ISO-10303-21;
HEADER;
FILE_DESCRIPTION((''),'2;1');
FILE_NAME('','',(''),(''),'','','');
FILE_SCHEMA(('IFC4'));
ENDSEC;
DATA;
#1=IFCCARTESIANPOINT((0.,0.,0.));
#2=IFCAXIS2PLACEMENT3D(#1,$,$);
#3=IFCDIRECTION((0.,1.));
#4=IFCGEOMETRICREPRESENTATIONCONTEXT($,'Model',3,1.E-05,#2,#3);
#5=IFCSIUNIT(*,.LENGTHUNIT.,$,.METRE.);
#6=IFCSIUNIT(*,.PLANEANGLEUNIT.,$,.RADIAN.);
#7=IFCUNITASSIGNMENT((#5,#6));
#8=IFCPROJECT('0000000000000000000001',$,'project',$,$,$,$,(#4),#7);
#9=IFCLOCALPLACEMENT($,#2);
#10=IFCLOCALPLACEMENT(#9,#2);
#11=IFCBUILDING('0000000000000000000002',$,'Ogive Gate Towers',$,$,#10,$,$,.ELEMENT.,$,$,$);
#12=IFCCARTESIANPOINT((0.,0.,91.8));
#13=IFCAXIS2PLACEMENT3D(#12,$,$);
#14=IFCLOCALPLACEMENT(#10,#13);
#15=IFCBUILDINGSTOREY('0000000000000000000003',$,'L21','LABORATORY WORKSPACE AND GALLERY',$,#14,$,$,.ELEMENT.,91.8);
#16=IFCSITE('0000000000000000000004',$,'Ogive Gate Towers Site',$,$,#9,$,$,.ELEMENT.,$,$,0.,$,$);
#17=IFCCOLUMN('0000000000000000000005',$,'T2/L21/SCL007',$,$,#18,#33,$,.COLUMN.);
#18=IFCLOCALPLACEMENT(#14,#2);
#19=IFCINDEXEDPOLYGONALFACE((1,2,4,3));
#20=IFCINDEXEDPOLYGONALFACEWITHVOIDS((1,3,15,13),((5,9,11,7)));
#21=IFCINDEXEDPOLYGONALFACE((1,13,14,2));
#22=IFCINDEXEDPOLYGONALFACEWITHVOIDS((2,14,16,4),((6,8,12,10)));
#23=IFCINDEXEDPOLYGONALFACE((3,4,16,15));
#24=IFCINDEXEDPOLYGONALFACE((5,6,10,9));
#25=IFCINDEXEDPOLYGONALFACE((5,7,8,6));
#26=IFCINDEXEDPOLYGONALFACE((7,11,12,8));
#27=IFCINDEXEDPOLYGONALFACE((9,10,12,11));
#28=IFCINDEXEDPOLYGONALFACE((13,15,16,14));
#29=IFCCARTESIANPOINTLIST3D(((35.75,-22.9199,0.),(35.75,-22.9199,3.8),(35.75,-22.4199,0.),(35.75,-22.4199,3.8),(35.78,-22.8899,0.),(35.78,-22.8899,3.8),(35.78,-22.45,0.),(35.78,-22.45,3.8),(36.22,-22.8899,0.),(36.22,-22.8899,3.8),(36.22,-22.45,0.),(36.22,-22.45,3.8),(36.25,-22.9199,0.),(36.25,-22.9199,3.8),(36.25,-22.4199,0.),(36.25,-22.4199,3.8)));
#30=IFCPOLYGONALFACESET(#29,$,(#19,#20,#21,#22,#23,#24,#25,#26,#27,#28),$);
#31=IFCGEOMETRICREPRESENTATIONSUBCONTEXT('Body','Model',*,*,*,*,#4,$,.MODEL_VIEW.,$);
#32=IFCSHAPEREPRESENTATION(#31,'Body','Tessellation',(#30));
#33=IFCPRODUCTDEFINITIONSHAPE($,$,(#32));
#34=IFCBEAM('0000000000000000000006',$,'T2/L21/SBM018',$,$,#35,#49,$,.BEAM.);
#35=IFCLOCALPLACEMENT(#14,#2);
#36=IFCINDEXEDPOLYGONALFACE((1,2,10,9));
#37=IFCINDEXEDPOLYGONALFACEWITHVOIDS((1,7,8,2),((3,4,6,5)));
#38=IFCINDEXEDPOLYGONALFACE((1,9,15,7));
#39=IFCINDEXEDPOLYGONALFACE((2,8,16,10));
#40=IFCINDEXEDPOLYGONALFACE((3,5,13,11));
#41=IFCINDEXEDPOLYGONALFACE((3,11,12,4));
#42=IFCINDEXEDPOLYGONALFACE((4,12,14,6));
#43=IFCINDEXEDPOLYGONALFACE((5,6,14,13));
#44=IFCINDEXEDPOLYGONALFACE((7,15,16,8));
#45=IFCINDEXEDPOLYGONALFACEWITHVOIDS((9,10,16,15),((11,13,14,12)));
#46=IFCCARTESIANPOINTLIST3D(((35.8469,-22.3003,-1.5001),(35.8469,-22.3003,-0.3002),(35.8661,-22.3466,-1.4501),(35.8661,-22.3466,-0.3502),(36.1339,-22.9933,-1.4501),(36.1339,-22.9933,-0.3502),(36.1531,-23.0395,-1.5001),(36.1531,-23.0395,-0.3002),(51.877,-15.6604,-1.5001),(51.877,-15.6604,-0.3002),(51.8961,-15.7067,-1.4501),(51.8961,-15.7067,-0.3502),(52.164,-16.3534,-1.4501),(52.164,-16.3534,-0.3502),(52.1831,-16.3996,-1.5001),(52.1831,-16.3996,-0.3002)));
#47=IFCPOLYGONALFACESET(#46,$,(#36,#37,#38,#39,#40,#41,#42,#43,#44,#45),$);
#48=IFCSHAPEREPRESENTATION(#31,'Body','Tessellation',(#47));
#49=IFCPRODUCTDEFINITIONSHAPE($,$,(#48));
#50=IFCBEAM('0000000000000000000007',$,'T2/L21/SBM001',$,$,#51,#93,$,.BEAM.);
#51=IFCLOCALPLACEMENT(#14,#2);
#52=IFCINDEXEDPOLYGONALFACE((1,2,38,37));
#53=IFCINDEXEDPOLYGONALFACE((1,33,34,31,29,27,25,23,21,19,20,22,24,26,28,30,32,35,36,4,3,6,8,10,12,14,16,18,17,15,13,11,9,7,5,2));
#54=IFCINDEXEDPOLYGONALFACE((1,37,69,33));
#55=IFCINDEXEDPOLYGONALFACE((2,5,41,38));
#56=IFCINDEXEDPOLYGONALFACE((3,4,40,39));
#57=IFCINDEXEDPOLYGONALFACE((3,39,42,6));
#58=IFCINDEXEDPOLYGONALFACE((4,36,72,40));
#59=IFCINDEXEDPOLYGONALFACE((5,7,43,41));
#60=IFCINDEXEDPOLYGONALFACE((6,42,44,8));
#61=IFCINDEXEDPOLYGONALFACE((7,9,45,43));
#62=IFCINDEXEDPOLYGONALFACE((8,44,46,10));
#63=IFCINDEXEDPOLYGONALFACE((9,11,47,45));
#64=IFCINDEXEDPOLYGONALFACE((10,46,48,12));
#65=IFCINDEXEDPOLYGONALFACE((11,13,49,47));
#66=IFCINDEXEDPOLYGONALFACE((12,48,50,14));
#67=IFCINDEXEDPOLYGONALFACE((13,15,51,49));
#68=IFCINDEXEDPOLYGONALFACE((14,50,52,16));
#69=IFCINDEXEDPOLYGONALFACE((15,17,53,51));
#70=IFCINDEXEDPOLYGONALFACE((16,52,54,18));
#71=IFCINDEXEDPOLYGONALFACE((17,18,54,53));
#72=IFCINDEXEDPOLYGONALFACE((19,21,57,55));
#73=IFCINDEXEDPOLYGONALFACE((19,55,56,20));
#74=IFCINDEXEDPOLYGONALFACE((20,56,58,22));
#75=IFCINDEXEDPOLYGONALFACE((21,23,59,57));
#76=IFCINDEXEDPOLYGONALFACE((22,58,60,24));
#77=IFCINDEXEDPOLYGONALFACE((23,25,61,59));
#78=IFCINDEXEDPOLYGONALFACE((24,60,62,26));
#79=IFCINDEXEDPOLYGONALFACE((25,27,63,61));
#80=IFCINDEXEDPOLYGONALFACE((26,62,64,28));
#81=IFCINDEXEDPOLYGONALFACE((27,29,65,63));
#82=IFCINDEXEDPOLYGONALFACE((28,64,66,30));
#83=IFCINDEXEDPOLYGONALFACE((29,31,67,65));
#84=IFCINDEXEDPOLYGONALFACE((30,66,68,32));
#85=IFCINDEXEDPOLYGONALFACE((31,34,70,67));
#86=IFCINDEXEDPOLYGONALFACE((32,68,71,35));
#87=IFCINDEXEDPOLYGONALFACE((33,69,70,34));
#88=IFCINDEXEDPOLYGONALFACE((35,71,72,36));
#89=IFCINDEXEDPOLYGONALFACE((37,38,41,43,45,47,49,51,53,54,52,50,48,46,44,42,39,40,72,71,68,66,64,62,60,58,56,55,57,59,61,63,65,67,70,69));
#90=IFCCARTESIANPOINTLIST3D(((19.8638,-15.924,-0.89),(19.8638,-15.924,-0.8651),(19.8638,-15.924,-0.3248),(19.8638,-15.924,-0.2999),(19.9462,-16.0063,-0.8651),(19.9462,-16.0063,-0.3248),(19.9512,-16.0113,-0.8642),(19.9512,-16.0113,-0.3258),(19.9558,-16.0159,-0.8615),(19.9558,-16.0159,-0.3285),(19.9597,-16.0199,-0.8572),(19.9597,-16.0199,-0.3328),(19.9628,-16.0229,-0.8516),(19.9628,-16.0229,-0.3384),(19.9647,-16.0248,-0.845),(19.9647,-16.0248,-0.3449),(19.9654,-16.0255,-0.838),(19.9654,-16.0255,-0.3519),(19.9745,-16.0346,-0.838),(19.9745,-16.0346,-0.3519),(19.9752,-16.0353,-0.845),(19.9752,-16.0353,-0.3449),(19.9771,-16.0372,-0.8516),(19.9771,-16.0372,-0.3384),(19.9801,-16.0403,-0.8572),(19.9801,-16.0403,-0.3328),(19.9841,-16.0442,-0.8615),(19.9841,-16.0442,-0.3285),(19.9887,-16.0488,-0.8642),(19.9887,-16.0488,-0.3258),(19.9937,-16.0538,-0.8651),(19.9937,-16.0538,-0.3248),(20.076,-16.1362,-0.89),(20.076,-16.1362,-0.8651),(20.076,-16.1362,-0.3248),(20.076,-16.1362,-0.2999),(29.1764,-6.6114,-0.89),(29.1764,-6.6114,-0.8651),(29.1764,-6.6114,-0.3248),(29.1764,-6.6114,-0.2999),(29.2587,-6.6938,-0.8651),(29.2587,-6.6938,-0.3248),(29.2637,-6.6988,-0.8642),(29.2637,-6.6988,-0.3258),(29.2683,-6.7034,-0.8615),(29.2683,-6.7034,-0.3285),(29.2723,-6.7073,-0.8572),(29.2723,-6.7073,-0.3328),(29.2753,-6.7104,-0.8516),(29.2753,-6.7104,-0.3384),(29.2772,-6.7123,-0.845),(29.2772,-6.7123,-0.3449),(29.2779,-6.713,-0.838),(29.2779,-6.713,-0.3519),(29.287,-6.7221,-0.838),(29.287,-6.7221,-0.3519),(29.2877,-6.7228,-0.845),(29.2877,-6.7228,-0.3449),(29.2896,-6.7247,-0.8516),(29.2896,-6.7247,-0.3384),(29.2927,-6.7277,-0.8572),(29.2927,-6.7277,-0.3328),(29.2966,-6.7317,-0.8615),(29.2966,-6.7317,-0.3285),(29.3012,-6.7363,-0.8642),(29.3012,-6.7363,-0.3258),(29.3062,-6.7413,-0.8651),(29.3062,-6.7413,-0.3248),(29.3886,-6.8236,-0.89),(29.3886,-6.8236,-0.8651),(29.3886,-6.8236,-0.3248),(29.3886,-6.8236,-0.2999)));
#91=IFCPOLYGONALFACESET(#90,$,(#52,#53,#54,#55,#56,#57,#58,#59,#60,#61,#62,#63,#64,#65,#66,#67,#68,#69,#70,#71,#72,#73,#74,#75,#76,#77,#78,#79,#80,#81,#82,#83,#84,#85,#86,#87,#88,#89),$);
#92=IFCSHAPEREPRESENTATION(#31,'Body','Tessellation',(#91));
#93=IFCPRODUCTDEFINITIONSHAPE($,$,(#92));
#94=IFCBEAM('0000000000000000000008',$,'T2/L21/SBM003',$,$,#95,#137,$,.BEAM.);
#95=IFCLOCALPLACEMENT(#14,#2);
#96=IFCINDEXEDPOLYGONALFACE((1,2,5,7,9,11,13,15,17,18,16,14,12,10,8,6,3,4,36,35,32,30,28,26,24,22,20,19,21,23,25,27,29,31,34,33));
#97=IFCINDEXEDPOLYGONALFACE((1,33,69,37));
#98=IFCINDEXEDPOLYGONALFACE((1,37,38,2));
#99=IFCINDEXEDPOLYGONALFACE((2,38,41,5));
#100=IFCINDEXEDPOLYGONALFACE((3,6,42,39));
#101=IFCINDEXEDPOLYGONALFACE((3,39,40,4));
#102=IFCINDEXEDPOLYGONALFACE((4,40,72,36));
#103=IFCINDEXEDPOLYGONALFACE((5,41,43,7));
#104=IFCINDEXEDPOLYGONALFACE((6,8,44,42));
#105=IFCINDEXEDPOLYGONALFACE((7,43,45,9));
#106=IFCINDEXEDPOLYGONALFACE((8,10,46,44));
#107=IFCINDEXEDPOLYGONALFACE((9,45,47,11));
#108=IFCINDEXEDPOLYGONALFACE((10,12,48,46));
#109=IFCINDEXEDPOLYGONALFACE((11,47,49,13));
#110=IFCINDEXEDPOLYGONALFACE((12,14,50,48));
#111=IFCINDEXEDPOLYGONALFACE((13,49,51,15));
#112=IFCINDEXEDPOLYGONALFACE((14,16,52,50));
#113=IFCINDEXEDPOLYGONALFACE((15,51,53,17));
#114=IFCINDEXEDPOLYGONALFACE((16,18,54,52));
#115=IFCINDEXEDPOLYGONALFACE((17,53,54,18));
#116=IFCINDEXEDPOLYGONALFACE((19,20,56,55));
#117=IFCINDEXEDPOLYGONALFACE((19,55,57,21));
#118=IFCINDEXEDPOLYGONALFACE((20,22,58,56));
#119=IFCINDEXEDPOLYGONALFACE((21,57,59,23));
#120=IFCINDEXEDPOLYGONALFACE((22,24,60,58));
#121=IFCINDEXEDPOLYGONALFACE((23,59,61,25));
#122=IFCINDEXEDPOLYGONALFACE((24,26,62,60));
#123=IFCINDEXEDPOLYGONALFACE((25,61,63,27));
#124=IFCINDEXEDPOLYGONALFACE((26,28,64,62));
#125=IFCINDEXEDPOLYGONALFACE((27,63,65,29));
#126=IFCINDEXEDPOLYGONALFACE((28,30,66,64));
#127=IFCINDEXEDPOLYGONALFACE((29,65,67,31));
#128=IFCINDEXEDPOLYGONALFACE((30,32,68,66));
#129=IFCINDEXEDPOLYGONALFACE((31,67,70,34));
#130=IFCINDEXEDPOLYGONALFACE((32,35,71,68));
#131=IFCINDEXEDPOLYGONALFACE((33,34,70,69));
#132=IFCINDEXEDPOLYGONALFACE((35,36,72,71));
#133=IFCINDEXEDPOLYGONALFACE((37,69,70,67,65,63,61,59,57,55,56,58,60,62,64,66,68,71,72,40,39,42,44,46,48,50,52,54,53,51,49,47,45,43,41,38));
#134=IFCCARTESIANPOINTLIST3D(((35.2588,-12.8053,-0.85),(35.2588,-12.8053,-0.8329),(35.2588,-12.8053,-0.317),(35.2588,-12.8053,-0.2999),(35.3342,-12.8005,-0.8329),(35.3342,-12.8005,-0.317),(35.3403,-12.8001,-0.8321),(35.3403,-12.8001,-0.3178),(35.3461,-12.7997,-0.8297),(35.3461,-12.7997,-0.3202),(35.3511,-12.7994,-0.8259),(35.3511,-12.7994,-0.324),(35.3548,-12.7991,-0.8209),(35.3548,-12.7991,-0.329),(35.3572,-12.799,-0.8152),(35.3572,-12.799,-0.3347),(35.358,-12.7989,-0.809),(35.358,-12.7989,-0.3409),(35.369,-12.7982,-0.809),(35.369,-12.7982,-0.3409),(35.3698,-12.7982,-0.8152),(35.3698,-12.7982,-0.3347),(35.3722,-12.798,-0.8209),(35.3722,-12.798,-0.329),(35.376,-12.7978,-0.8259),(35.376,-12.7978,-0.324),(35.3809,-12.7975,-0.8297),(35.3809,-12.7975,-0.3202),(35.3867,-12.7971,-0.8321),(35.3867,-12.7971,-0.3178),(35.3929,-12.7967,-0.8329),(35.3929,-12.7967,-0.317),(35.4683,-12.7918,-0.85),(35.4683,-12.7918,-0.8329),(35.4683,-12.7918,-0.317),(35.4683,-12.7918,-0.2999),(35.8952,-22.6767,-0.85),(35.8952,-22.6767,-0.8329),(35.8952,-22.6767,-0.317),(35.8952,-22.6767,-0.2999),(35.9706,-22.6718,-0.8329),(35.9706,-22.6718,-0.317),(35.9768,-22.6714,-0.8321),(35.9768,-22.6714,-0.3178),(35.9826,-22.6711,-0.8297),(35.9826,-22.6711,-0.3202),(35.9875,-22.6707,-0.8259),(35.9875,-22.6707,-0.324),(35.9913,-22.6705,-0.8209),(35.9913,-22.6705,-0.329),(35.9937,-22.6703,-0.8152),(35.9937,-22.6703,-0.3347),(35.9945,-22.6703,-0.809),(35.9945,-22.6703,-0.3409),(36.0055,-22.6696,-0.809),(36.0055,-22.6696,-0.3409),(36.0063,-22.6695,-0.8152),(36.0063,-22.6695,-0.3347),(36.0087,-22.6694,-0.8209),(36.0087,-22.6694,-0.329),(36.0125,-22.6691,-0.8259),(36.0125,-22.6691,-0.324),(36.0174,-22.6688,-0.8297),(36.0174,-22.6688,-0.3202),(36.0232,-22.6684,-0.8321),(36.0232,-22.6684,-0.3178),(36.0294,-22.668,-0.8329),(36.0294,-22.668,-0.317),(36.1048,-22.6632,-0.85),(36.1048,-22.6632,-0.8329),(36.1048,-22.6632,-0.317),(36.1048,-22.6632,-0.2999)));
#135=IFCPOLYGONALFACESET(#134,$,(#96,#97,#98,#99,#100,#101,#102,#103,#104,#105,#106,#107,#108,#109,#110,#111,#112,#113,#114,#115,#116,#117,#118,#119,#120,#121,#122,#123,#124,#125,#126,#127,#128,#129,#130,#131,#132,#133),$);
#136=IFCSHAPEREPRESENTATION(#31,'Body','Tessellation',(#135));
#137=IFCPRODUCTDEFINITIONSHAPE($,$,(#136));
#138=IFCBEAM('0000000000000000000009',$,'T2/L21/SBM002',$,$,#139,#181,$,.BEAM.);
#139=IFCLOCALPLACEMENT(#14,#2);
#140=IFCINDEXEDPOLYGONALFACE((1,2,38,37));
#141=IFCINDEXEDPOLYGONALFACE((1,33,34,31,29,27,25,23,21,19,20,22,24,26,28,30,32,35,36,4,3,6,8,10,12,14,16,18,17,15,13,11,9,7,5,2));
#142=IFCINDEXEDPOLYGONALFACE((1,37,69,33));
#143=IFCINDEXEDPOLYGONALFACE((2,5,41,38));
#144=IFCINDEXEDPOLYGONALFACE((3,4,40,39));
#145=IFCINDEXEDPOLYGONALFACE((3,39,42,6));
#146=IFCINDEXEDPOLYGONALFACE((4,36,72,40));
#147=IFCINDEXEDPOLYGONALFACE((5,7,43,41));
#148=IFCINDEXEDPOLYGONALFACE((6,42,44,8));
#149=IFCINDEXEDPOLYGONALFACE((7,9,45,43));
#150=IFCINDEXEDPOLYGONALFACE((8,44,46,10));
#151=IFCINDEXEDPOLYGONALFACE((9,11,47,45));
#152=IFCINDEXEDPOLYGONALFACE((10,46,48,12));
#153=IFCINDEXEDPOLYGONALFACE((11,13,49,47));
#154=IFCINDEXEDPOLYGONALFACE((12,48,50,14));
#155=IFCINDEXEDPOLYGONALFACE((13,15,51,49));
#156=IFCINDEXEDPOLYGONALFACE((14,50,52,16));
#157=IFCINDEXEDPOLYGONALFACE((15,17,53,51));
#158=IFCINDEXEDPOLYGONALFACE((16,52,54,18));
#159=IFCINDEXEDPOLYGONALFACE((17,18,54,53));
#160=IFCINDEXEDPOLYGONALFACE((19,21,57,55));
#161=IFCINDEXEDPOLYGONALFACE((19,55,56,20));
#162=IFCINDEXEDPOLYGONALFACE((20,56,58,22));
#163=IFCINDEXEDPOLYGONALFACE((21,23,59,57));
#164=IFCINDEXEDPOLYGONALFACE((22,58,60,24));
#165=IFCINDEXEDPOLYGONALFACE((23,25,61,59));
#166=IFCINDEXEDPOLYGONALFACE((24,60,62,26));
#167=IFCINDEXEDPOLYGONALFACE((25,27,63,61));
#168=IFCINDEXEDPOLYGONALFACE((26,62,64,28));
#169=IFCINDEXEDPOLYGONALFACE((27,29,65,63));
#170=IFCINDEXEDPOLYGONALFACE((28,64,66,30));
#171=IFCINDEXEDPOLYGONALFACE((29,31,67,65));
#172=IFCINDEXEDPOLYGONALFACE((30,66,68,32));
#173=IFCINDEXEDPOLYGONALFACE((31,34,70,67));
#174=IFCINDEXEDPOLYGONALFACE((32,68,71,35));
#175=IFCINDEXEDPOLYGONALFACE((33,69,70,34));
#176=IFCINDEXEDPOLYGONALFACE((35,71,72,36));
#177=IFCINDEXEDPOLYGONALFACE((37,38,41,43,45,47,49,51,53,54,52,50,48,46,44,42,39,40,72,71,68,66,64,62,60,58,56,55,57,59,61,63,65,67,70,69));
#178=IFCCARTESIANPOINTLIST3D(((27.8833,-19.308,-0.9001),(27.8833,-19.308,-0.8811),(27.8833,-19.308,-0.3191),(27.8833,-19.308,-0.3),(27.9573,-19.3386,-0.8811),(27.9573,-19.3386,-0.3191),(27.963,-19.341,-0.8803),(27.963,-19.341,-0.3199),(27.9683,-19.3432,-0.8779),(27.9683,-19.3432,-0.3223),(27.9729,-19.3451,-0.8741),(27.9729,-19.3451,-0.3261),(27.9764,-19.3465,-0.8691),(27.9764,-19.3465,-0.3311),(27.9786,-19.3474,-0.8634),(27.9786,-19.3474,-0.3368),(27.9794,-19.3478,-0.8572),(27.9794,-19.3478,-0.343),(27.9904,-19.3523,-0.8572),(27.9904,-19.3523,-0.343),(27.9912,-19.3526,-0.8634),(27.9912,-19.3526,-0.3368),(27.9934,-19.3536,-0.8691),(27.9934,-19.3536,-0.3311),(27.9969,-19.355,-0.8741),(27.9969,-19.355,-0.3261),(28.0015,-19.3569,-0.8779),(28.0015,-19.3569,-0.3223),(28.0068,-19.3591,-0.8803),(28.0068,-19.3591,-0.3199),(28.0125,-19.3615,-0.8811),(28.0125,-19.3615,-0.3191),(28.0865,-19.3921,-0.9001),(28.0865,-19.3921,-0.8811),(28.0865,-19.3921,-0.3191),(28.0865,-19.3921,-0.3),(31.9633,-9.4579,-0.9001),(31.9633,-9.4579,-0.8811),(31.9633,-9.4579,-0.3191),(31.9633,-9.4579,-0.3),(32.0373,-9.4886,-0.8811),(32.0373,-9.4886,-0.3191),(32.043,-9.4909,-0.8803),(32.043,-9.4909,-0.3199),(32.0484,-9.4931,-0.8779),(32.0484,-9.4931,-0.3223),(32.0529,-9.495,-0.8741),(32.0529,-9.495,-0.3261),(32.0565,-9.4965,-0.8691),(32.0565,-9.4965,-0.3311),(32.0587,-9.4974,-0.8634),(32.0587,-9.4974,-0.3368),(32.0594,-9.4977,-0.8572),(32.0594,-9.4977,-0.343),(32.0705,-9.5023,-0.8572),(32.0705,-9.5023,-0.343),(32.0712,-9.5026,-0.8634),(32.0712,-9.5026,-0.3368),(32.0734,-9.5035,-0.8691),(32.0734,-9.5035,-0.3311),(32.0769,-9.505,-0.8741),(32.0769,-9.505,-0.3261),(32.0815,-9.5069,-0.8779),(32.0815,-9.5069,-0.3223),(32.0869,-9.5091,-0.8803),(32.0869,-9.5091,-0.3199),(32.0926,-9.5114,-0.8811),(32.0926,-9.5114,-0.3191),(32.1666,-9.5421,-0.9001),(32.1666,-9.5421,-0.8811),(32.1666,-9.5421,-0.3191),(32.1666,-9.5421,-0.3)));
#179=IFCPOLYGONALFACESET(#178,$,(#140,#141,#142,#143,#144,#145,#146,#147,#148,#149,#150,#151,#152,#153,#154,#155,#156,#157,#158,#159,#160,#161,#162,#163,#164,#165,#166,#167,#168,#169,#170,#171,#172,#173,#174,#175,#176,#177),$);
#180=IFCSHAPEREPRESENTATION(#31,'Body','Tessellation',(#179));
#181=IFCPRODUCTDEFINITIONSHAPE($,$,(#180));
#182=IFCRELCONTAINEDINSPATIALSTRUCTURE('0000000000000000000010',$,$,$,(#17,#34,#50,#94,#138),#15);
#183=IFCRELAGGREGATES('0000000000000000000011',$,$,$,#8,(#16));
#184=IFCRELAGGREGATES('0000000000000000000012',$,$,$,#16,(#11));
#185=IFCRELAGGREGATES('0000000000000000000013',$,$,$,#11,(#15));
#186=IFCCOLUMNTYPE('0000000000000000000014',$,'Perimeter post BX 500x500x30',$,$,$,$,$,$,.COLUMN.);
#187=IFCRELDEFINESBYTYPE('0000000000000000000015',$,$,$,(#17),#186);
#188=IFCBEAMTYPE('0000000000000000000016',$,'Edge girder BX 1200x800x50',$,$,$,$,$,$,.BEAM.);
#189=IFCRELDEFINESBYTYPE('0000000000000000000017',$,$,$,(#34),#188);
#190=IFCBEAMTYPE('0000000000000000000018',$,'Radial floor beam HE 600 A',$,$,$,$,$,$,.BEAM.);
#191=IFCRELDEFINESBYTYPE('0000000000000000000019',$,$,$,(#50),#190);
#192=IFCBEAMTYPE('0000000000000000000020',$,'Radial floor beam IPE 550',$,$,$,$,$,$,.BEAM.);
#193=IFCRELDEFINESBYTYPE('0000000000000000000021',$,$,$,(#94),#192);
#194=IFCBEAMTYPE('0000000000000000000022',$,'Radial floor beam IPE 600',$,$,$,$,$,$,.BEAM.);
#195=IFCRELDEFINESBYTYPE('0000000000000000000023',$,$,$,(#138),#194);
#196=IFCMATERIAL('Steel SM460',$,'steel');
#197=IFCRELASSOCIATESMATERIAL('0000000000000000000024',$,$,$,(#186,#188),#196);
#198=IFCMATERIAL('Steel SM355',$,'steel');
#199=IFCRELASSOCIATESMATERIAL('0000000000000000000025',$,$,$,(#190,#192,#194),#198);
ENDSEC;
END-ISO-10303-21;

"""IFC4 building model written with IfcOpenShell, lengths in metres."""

from ifc_helpers import new_model, si_unit, direction, frame, origin, origin_2d, place, context, subcontext, project, spatial, hollow_rectangle, i_section, extrude, material, material_profile, profile_set, type_object, element, save


model = new_model("IFC4")

# Units and contexts
model_context = context("Model", 3, precision=1e-05, world=origin(), true_north=direction((0.0, 1.0)))
body_context = subcontext(model_context, "Body", "Model", "MODEL_VIEW")
ifc_project = project(units=[si_unit("LENGTHUNIT", "METRE"), si_unit("PLANEANGLEUNIT", "RADIAN")], contexts=[model_context])

# Site, building, storey
site_placement = place(None, origin())
site = spatial("IfcSite", under=ifc_project, at=site_placement, Name="Ogive Gate Towers Site", CompositionType="ELEMENT", RefElevation=0.0)
building_placement = place(site_placement, origin())
building = spatial("IfcBuilding", under=site, at=building_placement, Name="Ogive Gate Towers", CompositionType="ELEMENT")
storey_placement = place(building_placement, frame((0.0, 0.0, 91.8)))
storey = spatial("IfcBuildingStorey", under=building, at=storey_placement, Name="L21", Description="LABORATORY WORKSPACE AND GALLERY", CompositionType="ELEMENT", Elevation=91.8)

# Column
ifc_material_1 = material(Name="Steel SM460", Category="steel")
ifc_material_profile_1 = material_profile(ifc_material_1, hollow_rectangle(XDim=0.5, YDim=0.5, WallThickness=0.03, at=origin_2d()), Name="BX 500x500x30")
ifc_profile_set_1 = profile_set([ifc_material_profile_1], Name="Steel SM460")
column_type = type_object("IfcColumnType", Name="Perimeter post BX 500x500x30", PredefinedType="COLUMN", material=ifc_profile_set_1)
column_placement = place(storey_placement, frame((36.0, -22.6699, 0.0), z_axis=(0.0, 0.0, 1.0), x_axis=(1.0, 0.0, 0.0)))
element("IfcColumn", 1, at=column_placement, inside=storey, type_object=column_type, Name="T2/L21/SCL007", PredefinedType="COLUMN", context=body_context, shape_type="SweptSolid", body=[
    extrude(hollow_rectangle(XDim=0.5, YDim=0.5, WallThickness=0.03, at=origin_2d()), origin(), (0.0, 0.0, 1.0), 3.8),
])

# Beams
ifc_material_profile_2 = material_profile(ifc_material_1, hollow_rectangle(XDim=0.8, YDim=1.2, WallThickness=0.05, at=origin_2d()), Name="BX 1200x800x50")
ifc_profile_set_2 = profile_set([ifc_material_profile_2], Name="Steel SM460")
beam_type_1 = type_object("IfcBeamType", Name="Edge girder BX 1200x800x50", PredefinedType="BEAM", material=ifc_profile_set_2)
beam_1_placement = place(storey_placement, frame((36.0, -22.6699, -0.9001), z_axis=(0.923879, 0.382685, 0.0), x_axis=(-0.382685, 0.923879, 0.0)))
element("IfcBeam", 2, at=beam_1_placement, inside=storey, type_object=beam_type_1, Name="T2/L21/SBM018", PredefinedType="BEAM", context=body_context, shape_type="SweptSolid", body=[
    extrude(hollow_rectangle(XDim=0.8, YDim=1.2, WallThickness=0.05, at=origin_2d()), origin(), (0.0, 0.0, 1.0), 17.3508),
])
ifc_material_2 = material(Name="Steel SM355", Category="steel")
ifc_material_profile_3 = material_profile(ifc_material_2, i_section(OverallWidth=0.3, OverallDepth=0.5901, WebThickness=0.0129, FlangeThickness=0.0249, FilletRadius=0.0271, at=origin_2d()), Name="HE 600 A")
ifc_profile_set_3 = profile_set([ifc_material_profile_3], Name="Steel SM355")
beam_type_2 = type_object("IfcBeamType", Name="Radial floor beam HE 600 A", PredefinedType="BEAM", material=ifc_profile_set_3)
beam_2_placement = place(storey_placement, frame((29.2825, -6.7175, -0.595), z_axis=(-0.707107, -0.707107, 0.0), x_axis=(0.707107, -0.707107, 0.0)))
element("IfcBeam", 3, at=beam_2_placement, inside=storey, type_object=beam_type_2, Name="T2/L21/SBM001", PredefinedType="BEAM", context=body_context, shape_type="SweptSolid", body=[
    extrude(i_section(OverallWidth=0.3, OverallDepth=0.5901, WebThickness=0.0129, FlangeThickness=0.0249, FilletRadius=0.0271, at=origin_2d()), origin(), (0.0, 0.0, 1.0), 13.1699),
])
ifc_material_profile_4 = material_profile(ifc_material_2, i_section(OverallWidth=0.21, OverallDepth=0.55, WebThickness=0.011, FlangeThickness=0.0171, FilletRadius=0.0239, at=origin_2d()), Name="IPE 550")
ifc_profile_set_4 = profile_set([ifc_material_profile_4], Name="Steel SM355")
beam_type_3 = type_object("IfcBeamType", Name="Radial floor beam IPE 550", PredefinedType="BEAM", material=ifc_profile_set_4)
beam_3_placement = place(storey_placement, frame((35.3635, -12.7986, -0.575), z_axis=(0.064343, -0.997928, 0.0), x_axis=(0.997928, 0.064343, 0.0)))
element("IfcBeam", 4, at=beam_3_placement, inside=storey, type_object=beam_type_3, Name="T2/L21/SBM003", PredefinedType="BEAM", context=body_context, shape_type="SweptSolid", body=[
    extrude(i_section(OverallWidth=0.21, OverallDepth=0.55, WebThickness=0.011, FlangeThickness=0.0171, FilletRadius=0.0239, at=origin_2d()), origin(), (0.0, 0.0, 1.0), 9.8918),
])
ifc_material_profile_5 = material_profile(ifc_material_2, i_section(OverallWidth=0.22, OverallDepth=0.6001, WebThickness=0.012, FlangeThickness=0.019, FilletRadius=0.0239, at=origin_2d()), Name="IPE 600")
ifc_profile_set_5 = profile_set([ifc_material_profile_5], Name="Steel SM355")
beam_type_4 = type_object("IfcBeamType", Name="Radial floor beam IPE 600", PredefinedType="BEAM", material=ifc_profile_set_5)
beam_4_placement = place(storey_placement, frame((32.0649, -9.5, -0.6001), z_axis=(-0.382686, -0.923878, 0.0), x_axis=(0.923878, -0.382686, 0.0)))
element("IfcBeam", 5, at=beam_4_placement, inside=storey, type_object=beam_type_4, Name="T2/L21/SBM002", PredefinedType="BEAM", context=body_context, shape_type="SweptSolid", body=[
    extrude(i_section(OverallWidth=0.22, OverallDepth=0.6001, WebThickness=0.012, FlangeThickness=0.019, FilletRadius=0.0239, at=origin_2d()), origin(), (0.0, 0.0, 1.0), 10.6616),
])

save(model, "model.ifc")
